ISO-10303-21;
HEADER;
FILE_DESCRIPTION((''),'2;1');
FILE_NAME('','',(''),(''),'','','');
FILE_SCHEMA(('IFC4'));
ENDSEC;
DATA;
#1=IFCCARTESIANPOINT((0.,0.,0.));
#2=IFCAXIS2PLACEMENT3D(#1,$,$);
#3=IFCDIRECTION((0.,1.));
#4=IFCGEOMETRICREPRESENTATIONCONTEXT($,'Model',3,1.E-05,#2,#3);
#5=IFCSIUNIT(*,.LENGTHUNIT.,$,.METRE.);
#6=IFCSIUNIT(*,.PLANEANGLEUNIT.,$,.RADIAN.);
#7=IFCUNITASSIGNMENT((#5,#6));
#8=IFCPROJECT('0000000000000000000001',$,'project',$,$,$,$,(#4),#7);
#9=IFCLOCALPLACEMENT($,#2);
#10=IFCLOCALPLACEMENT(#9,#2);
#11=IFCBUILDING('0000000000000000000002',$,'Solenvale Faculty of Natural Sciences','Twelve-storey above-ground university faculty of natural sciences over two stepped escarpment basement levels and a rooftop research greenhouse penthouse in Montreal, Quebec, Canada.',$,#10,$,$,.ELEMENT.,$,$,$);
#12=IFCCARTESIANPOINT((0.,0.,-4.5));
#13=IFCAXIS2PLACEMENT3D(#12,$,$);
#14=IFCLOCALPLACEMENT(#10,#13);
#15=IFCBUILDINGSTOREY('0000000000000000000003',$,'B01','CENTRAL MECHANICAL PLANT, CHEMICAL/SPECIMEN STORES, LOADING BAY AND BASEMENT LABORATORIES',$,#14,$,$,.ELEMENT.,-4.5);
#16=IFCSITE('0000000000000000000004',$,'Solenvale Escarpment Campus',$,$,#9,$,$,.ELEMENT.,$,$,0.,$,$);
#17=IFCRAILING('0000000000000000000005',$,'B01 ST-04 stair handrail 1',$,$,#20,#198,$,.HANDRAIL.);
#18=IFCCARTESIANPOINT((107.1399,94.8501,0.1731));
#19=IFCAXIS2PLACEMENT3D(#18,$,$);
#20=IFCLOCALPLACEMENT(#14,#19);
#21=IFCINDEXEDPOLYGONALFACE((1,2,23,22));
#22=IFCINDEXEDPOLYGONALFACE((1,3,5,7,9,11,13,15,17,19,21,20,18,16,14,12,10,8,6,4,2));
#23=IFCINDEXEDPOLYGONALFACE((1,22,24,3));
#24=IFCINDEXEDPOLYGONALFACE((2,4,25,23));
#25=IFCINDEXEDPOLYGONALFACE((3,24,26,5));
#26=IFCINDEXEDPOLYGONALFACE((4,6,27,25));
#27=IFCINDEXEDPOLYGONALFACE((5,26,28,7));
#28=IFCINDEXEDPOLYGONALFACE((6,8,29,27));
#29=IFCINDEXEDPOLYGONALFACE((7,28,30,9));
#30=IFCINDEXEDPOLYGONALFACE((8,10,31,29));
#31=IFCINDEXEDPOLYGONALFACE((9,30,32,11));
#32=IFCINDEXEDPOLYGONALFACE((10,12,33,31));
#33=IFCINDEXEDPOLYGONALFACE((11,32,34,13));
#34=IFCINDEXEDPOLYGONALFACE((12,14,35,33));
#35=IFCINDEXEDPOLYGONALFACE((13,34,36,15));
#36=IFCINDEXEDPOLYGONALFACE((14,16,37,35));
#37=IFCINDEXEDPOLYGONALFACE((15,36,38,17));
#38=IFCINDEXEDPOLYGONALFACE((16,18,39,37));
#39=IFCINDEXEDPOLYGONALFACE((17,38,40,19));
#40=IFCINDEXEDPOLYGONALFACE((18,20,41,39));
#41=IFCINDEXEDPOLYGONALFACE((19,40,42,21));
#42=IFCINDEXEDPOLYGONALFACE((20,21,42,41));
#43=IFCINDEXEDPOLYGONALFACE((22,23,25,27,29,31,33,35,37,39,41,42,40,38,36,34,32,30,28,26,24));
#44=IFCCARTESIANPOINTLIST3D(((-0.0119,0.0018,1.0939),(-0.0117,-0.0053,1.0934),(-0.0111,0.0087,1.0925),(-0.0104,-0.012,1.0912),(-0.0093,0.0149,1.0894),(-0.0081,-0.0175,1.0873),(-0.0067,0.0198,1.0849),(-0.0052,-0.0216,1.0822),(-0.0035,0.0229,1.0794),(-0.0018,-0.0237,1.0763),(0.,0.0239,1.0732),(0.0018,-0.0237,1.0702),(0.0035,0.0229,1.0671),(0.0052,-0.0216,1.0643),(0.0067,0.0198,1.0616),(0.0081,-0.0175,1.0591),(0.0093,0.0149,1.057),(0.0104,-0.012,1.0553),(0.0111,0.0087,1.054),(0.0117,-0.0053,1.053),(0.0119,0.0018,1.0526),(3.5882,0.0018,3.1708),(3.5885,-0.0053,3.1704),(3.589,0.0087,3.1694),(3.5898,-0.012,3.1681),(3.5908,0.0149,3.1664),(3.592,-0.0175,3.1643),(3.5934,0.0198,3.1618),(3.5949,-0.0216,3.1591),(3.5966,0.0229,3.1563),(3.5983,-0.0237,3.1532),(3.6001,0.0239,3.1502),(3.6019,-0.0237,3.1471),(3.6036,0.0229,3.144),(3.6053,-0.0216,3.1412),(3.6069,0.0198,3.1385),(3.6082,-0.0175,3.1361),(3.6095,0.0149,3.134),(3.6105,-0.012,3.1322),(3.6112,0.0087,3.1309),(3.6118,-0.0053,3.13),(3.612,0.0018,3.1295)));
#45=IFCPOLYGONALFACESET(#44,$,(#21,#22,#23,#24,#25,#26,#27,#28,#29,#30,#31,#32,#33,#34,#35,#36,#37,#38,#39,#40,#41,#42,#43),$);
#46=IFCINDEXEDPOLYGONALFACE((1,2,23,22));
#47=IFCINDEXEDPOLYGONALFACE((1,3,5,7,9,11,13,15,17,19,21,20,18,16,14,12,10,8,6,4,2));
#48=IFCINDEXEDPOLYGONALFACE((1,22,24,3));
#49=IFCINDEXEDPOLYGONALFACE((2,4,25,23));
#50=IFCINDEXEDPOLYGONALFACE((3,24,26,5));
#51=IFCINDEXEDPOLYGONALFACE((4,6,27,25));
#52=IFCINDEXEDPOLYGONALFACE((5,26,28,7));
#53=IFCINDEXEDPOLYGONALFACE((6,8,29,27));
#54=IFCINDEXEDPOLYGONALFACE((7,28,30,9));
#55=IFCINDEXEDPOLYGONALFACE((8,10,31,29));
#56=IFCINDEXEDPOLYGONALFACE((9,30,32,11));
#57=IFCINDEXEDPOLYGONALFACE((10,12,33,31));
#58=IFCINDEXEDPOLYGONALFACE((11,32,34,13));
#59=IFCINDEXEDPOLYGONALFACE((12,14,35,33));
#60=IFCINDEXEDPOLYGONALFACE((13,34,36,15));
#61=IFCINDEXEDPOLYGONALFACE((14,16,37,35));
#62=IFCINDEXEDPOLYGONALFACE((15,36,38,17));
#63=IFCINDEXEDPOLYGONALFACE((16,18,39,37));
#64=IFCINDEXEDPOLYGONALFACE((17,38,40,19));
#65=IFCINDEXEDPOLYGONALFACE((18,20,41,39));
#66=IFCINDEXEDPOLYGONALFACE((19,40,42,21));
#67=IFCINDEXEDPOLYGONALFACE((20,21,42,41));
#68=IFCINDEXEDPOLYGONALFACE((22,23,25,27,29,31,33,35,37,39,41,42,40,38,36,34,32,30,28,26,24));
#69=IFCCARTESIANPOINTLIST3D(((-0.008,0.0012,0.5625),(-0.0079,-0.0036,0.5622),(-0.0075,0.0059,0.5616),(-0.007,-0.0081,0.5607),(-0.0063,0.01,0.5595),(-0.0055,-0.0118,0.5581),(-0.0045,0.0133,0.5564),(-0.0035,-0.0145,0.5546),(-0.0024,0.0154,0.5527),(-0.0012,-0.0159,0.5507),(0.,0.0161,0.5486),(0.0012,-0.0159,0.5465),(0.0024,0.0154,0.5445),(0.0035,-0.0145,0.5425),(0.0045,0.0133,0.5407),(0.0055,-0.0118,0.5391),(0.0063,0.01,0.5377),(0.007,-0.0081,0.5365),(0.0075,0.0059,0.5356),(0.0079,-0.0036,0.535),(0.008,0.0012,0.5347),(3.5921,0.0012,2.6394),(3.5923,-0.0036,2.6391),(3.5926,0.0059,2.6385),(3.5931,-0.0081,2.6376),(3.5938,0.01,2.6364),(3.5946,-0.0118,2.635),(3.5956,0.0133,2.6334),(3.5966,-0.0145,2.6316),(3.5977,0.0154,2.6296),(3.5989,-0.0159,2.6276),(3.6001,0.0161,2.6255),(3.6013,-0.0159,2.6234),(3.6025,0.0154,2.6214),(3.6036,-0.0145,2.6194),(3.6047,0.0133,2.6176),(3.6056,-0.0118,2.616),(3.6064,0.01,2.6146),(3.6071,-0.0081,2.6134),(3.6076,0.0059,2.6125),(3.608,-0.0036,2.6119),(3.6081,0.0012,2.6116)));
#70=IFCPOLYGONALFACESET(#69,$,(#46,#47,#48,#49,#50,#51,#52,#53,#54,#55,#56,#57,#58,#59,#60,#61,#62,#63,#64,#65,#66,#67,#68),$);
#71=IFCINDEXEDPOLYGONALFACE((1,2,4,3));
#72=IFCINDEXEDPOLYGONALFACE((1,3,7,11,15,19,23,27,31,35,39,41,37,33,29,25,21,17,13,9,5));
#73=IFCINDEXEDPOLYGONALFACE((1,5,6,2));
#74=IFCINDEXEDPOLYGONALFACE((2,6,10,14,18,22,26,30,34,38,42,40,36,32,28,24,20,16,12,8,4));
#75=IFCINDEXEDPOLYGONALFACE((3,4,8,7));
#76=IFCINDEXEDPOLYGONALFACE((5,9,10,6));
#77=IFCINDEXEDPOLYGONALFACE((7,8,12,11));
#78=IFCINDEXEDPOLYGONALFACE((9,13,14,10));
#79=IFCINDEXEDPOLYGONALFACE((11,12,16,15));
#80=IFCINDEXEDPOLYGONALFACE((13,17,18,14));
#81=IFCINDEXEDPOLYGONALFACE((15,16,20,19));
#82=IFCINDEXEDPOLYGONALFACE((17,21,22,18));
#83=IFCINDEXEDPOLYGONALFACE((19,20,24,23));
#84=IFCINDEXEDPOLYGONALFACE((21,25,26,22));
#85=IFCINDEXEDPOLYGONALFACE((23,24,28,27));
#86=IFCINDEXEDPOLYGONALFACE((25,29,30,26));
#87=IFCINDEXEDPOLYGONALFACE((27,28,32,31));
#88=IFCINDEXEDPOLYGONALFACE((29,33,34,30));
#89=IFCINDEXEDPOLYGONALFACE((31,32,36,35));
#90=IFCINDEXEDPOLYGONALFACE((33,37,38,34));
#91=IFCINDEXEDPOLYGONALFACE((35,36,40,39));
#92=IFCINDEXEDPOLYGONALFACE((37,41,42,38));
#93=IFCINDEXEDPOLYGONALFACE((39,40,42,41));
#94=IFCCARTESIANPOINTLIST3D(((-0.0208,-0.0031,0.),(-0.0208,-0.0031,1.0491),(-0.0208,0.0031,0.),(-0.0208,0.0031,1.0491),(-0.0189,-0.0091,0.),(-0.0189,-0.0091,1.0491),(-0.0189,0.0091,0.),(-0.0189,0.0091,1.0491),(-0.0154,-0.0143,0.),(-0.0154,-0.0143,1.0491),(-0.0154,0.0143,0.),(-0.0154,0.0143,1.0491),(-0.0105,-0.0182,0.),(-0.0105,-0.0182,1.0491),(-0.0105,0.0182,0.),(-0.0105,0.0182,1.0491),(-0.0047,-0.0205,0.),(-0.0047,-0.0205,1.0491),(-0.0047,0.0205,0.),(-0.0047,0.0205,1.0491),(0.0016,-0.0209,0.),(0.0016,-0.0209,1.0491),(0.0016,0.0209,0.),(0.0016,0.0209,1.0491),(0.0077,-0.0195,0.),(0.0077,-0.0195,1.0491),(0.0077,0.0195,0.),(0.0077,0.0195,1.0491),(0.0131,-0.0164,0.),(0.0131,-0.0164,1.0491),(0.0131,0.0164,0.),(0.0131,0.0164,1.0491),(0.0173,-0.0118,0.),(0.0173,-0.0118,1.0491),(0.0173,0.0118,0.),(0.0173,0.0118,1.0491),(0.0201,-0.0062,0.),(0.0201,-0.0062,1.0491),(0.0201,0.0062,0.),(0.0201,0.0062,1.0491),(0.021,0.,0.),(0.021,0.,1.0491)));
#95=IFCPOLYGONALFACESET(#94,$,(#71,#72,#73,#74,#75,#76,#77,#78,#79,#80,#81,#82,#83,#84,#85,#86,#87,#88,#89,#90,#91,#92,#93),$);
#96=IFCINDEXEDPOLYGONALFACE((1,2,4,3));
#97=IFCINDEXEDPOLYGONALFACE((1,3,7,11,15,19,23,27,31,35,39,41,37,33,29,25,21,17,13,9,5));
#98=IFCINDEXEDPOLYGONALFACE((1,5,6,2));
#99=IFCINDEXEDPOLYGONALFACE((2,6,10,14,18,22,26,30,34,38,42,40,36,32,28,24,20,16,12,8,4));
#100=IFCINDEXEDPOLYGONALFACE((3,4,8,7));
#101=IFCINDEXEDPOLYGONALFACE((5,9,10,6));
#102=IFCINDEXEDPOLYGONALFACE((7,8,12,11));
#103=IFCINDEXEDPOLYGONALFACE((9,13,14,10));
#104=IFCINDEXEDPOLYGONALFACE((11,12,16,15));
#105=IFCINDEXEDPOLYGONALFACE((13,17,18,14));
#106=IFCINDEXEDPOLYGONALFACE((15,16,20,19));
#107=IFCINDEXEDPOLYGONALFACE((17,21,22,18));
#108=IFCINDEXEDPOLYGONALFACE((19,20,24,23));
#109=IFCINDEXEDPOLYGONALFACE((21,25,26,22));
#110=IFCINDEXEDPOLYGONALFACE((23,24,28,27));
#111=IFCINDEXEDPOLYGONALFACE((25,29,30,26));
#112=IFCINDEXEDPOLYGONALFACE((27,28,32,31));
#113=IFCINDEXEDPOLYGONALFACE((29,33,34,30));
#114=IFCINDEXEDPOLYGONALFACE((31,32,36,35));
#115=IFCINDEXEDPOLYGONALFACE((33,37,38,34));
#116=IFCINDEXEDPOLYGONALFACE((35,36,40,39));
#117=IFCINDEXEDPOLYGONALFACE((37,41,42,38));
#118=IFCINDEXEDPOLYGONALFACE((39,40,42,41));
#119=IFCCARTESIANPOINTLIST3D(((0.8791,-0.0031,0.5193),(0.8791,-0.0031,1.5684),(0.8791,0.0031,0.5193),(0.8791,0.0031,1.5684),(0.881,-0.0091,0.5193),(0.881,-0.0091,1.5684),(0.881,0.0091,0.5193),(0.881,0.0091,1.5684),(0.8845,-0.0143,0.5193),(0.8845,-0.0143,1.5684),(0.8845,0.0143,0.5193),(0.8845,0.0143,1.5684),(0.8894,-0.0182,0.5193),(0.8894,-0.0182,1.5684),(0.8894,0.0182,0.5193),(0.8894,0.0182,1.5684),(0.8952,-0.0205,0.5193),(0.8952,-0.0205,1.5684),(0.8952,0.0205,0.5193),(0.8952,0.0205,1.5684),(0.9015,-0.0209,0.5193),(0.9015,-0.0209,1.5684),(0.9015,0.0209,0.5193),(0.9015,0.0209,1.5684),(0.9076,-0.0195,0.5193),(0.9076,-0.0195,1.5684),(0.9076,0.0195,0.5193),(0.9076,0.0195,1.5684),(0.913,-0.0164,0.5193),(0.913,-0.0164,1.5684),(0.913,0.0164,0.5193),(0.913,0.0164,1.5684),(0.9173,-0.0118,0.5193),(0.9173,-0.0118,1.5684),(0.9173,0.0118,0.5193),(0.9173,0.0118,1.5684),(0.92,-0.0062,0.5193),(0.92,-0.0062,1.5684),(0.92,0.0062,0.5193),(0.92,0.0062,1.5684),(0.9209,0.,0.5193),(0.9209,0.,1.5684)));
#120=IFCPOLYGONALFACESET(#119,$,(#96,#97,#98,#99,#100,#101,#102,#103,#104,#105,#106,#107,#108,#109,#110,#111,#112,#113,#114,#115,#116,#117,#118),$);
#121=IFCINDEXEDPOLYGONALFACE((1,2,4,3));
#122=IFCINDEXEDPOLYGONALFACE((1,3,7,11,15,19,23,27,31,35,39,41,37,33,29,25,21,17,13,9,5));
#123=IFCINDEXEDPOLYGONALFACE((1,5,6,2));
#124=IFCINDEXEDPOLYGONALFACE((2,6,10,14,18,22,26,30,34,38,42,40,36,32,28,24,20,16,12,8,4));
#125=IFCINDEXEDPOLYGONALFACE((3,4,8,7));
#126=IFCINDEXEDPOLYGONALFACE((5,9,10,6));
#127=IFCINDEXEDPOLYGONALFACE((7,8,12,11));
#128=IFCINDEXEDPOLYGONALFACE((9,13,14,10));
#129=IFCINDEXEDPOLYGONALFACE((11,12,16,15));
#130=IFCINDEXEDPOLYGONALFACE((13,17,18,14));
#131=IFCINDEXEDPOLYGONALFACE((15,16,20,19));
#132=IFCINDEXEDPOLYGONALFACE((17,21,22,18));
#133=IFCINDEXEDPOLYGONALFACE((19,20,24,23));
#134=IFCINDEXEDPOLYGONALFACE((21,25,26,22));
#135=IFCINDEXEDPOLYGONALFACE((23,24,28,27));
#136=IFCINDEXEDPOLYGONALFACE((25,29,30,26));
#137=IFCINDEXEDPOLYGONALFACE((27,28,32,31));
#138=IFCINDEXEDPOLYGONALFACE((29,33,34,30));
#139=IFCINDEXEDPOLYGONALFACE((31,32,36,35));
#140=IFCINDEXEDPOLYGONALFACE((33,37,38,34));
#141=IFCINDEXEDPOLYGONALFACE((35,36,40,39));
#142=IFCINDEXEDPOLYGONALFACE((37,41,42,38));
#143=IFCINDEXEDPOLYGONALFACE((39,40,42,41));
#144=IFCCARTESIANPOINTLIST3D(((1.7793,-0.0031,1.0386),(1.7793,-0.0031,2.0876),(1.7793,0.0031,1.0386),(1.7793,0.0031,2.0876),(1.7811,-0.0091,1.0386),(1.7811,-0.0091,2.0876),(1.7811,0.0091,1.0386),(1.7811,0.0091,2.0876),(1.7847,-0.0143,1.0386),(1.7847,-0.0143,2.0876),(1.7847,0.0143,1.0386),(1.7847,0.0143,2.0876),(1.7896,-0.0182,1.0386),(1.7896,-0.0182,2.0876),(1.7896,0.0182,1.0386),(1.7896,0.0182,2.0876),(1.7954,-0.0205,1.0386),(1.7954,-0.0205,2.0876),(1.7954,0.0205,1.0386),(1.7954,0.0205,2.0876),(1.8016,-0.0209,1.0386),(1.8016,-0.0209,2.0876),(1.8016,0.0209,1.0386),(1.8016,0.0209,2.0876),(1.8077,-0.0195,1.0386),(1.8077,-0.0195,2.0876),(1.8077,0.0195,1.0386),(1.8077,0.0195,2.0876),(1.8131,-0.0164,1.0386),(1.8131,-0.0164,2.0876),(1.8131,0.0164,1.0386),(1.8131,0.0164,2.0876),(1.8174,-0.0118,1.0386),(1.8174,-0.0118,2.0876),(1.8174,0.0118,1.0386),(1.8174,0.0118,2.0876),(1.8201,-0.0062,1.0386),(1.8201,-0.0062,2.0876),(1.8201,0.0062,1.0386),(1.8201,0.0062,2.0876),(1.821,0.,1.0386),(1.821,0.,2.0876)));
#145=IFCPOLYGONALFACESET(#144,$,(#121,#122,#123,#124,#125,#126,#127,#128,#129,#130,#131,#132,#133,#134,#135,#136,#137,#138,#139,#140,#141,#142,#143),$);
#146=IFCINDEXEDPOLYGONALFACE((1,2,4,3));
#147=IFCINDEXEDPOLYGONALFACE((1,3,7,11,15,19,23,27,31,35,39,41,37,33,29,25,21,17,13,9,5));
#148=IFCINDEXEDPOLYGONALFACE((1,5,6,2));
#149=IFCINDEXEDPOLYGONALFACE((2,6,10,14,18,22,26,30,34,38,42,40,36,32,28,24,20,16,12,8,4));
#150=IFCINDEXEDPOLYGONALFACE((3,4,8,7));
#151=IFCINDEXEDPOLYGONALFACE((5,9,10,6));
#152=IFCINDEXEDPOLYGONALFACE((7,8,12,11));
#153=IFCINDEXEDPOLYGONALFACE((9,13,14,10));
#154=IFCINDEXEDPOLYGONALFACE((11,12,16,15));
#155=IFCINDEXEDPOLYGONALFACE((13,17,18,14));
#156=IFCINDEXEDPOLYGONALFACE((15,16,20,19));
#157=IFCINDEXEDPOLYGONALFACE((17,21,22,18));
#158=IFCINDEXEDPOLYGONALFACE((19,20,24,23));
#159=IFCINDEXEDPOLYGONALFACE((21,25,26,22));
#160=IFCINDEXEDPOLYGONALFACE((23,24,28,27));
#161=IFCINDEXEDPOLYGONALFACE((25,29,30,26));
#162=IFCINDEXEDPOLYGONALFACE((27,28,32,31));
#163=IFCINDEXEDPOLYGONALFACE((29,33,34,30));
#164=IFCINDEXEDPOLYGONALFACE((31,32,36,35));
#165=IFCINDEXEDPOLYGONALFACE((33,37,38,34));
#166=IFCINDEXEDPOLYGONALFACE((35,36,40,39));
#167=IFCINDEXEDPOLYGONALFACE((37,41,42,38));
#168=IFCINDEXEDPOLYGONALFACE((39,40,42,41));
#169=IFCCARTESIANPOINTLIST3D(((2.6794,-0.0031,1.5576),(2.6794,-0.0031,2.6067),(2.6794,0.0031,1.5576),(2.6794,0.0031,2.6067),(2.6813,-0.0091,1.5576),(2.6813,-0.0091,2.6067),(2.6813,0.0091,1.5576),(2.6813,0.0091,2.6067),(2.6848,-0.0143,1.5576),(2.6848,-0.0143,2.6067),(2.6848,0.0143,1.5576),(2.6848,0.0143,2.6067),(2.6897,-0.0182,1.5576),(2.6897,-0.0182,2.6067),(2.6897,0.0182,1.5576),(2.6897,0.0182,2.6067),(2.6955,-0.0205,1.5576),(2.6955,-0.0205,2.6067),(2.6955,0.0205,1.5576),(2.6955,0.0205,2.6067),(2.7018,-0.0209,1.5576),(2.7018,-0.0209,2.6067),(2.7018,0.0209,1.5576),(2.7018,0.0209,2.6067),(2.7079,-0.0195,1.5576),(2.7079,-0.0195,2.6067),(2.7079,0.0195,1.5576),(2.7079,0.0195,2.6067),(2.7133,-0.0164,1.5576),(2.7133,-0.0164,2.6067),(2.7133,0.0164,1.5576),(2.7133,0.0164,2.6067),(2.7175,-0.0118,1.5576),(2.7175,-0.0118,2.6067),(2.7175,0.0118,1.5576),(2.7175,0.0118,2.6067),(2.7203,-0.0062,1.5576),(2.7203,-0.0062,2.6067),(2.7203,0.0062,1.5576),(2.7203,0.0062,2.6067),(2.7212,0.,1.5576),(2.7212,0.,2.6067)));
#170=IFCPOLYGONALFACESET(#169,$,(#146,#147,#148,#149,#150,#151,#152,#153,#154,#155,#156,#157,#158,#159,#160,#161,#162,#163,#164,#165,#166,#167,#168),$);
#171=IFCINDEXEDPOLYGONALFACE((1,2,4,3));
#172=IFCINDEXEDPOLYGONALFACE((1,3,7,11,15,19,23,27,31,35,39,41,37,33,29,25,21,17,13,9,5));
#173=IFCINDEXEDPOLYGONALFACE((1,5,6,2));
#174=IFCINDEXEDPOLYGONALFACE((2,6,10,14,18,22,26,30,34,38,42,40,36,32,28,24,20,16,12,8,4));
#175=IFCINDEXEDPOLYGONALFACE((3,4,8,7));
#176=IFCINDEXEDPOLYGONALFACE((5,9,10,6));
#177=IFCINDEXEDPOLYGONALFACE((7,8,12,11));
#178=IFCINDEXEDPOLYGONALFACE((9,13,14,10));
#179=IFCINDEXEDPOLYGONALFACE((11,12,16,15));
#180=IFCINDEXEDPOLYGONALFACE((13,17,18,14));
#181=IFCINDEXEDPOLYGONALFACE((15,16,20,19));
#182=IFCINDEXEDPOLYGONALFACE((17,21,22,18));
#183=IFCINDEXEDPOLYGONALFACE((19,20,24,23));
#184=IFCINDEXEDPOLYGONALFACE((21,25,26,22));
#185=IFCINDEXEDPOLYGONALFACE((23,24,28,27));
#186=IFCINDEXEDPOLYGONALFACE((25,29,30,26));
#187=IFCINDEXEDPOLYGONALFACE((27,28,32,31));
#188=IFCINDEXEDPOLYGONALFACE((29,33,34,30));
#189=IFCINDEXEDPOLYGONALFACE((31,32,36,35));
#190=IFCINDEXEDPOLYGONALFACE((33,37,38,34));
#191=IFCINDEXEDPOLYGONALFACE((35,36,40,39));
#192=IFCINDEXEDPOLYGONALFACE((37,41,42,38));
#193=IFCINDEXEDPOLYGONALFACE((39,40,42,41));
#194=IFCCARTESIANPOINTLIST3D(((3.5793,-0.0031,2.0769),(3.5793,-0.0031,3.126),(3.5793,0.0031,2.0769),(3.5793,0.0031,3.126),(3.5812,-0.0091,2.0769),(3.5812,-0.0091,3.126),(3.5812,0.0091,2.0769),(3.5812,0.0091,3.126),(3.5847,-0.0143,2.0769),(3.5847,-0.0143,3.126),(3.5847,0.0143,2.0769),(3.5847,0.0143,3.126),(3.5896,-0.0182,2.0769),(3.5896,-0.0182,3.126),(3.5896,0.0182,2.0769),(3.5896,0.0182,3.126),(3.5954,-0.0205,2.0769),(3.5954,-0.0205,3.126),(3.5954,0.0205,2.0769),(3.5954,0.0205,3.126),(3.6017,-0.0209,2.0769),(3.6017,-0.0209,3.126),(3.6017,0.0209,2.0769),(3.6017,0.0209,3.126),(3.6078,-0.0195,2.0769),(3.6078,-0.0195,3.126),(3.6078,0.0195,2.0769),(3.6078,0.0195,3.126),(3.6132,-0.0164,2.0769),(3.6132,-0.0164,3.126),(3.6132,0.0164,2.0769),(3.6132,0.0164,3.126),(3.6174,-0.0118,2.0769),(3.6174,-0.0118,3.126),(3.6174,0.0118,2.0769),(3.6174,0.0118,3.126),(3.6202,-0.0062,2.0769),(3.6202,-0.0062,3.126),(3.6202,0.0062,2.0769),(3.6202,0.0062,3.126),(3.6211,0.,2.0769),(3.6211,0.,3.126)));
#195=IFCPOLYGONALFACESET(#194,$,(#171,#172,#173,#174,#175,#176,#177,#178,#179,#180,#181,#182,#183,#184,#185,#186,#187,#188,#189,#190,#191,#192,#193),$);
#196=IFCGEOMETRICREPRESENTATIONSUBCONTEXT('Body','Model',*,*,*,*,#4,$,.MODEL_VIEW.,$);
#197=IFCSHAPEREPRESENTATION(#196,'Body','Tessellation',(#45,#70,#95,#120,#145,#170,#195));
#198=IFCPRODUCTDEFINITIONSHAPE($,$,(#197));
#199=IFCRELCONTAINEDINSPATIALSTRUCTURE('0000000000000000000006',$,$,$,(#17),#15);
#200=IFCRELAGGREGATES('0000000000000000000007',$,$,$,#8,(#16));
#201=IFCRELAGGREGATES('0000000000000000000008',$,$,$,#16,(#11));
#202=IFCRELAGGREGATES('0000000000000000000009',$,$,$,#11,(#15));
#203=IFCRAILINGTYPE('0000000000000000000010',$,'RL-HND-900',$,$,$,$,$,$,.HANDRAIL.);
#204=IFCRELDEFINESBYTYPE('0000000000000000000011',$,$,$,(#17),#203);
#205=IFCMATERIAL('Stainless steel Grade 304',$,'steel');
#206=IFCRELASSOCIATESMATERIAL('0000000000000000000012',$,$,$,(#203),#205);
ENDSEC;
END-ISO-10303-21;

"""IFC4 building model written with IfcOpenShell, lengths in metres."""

from ifc_helpers import new_model, si_unit, direction, frame, origin, origin_2d, place, context, subcontext, project, spatial, circle, extrude, material, type_object, element, save


model = new_model("IFC4")

# Units and contexts
model_context = context("Model", 3, precision=1e-05, world=origin(), true_north=direction((0.0, 1.0)))
body_context = subcontext(model_context, "Body", "Model", "MODEL_VIEW")
ifc_project = project(units=[si_unit("LENGTHUNIT", "METRE"), si_unit("PLANEANGLEUNIT", "RADIAN")], contexts=[model_context])

# Site, building, storey
site_placement = place(None, origin())
site = spatial("IfcSite", under=ifc_project, at=site_placement, Name="Solenvale Escarpment Campus", CompositionType="ELEMENT", RefElevation=0.0)
building_placement = place(site_placement, origin())
building = spatial("IfcBuilding", under=site, at=building_placement, Name="Solenvale Faculty of Natural Sciences", Description="Twelve-storey above-ground university faculty of natural sciences over two stepped escarpment basement levels and a rooftop research greenhouse penthouse in Montreal, Quebec, Canada.", CompositionType="ELEMENT")
storey_placement = place(building_placement, frame((0.0, 0.0, -4.5)))
storey = spatial("IfcBuildingStorey", under=building, at=storey_placement, Name="B01", Description="CENTRAL MECHANICAL PLANT, CHEMICAL/SPECIMEN STORES, LOADING BAY AND BASEMENT LABORATORIES", CompositionType="ELEMENT", Elevation=-4.5)

# Railing
ifc_material_1 = material(Name="Stainless steel Grade 304", Category="steel")
railing_type_1 = type_object("IfcRailingType", Name="RL-HND-900", PredefinedType="HANDRAIL", material=ifc_material_1)
railing_1_placement = place(storey_placement, frame((107.1399, 94.8501, 0.1731)))
element("IfcRailing", 1, at=railing_1_placement, inside=storey, type_object=railing_type_1, Name="B01 ST-04 stair handrail 1", PredefinedType="HANDRAIL", context=body_context, shape_type="SweptSolid", body=[
    extrude(circle(Radius=0.0239, at=origin_2d()), frame((0.0, 0.0, 1.0732), z_axis=(0.866193, 0.0, 0.499709), x_axis=(0.0, 1.0, 0.0)), (0.0, 0.0, 1.0), 4.1562),
    extrude(circle(Radius=0.0161, at=origin_2d()), frame((0.0, 0.0, 0.5486), z_axis=(0.866193, 0.0, 0.499709), x_axis=(0.0, 1.0, 0.0)), (0.0, 0.0, 1.0), 4.1562),
    extrude(circle(Radius=0.021, at=origin_2d()), origin(), (0.0, 0.0, 1.0), 1.0491),
    extrude(circle(Radius=0.021, at=origin_2d()), frame((0.8999, 0.0, 0.5193)), (0.0, 0.0, 1.0), 1.0491),
    extrude(circle(Radius=0.021, at=origin_2d()), frame((1.8, 0.0, 1.0386)), (0.0, 0.0, 1.0), 1.0491),
    extrude(circle(Radius=0.021, at=origin_2d()), frame((2.7002, 0.0, 1.5576)), (0.0, 0.0, 1.0), 1.0491),
    extrude(circle(Radius=0.021, at=origin_2d()), frame((3.6001, 0.0, 2.0769)), (0.0, 0.0, 1.0), 1.0491),
])

save(model, "model.ifc")
